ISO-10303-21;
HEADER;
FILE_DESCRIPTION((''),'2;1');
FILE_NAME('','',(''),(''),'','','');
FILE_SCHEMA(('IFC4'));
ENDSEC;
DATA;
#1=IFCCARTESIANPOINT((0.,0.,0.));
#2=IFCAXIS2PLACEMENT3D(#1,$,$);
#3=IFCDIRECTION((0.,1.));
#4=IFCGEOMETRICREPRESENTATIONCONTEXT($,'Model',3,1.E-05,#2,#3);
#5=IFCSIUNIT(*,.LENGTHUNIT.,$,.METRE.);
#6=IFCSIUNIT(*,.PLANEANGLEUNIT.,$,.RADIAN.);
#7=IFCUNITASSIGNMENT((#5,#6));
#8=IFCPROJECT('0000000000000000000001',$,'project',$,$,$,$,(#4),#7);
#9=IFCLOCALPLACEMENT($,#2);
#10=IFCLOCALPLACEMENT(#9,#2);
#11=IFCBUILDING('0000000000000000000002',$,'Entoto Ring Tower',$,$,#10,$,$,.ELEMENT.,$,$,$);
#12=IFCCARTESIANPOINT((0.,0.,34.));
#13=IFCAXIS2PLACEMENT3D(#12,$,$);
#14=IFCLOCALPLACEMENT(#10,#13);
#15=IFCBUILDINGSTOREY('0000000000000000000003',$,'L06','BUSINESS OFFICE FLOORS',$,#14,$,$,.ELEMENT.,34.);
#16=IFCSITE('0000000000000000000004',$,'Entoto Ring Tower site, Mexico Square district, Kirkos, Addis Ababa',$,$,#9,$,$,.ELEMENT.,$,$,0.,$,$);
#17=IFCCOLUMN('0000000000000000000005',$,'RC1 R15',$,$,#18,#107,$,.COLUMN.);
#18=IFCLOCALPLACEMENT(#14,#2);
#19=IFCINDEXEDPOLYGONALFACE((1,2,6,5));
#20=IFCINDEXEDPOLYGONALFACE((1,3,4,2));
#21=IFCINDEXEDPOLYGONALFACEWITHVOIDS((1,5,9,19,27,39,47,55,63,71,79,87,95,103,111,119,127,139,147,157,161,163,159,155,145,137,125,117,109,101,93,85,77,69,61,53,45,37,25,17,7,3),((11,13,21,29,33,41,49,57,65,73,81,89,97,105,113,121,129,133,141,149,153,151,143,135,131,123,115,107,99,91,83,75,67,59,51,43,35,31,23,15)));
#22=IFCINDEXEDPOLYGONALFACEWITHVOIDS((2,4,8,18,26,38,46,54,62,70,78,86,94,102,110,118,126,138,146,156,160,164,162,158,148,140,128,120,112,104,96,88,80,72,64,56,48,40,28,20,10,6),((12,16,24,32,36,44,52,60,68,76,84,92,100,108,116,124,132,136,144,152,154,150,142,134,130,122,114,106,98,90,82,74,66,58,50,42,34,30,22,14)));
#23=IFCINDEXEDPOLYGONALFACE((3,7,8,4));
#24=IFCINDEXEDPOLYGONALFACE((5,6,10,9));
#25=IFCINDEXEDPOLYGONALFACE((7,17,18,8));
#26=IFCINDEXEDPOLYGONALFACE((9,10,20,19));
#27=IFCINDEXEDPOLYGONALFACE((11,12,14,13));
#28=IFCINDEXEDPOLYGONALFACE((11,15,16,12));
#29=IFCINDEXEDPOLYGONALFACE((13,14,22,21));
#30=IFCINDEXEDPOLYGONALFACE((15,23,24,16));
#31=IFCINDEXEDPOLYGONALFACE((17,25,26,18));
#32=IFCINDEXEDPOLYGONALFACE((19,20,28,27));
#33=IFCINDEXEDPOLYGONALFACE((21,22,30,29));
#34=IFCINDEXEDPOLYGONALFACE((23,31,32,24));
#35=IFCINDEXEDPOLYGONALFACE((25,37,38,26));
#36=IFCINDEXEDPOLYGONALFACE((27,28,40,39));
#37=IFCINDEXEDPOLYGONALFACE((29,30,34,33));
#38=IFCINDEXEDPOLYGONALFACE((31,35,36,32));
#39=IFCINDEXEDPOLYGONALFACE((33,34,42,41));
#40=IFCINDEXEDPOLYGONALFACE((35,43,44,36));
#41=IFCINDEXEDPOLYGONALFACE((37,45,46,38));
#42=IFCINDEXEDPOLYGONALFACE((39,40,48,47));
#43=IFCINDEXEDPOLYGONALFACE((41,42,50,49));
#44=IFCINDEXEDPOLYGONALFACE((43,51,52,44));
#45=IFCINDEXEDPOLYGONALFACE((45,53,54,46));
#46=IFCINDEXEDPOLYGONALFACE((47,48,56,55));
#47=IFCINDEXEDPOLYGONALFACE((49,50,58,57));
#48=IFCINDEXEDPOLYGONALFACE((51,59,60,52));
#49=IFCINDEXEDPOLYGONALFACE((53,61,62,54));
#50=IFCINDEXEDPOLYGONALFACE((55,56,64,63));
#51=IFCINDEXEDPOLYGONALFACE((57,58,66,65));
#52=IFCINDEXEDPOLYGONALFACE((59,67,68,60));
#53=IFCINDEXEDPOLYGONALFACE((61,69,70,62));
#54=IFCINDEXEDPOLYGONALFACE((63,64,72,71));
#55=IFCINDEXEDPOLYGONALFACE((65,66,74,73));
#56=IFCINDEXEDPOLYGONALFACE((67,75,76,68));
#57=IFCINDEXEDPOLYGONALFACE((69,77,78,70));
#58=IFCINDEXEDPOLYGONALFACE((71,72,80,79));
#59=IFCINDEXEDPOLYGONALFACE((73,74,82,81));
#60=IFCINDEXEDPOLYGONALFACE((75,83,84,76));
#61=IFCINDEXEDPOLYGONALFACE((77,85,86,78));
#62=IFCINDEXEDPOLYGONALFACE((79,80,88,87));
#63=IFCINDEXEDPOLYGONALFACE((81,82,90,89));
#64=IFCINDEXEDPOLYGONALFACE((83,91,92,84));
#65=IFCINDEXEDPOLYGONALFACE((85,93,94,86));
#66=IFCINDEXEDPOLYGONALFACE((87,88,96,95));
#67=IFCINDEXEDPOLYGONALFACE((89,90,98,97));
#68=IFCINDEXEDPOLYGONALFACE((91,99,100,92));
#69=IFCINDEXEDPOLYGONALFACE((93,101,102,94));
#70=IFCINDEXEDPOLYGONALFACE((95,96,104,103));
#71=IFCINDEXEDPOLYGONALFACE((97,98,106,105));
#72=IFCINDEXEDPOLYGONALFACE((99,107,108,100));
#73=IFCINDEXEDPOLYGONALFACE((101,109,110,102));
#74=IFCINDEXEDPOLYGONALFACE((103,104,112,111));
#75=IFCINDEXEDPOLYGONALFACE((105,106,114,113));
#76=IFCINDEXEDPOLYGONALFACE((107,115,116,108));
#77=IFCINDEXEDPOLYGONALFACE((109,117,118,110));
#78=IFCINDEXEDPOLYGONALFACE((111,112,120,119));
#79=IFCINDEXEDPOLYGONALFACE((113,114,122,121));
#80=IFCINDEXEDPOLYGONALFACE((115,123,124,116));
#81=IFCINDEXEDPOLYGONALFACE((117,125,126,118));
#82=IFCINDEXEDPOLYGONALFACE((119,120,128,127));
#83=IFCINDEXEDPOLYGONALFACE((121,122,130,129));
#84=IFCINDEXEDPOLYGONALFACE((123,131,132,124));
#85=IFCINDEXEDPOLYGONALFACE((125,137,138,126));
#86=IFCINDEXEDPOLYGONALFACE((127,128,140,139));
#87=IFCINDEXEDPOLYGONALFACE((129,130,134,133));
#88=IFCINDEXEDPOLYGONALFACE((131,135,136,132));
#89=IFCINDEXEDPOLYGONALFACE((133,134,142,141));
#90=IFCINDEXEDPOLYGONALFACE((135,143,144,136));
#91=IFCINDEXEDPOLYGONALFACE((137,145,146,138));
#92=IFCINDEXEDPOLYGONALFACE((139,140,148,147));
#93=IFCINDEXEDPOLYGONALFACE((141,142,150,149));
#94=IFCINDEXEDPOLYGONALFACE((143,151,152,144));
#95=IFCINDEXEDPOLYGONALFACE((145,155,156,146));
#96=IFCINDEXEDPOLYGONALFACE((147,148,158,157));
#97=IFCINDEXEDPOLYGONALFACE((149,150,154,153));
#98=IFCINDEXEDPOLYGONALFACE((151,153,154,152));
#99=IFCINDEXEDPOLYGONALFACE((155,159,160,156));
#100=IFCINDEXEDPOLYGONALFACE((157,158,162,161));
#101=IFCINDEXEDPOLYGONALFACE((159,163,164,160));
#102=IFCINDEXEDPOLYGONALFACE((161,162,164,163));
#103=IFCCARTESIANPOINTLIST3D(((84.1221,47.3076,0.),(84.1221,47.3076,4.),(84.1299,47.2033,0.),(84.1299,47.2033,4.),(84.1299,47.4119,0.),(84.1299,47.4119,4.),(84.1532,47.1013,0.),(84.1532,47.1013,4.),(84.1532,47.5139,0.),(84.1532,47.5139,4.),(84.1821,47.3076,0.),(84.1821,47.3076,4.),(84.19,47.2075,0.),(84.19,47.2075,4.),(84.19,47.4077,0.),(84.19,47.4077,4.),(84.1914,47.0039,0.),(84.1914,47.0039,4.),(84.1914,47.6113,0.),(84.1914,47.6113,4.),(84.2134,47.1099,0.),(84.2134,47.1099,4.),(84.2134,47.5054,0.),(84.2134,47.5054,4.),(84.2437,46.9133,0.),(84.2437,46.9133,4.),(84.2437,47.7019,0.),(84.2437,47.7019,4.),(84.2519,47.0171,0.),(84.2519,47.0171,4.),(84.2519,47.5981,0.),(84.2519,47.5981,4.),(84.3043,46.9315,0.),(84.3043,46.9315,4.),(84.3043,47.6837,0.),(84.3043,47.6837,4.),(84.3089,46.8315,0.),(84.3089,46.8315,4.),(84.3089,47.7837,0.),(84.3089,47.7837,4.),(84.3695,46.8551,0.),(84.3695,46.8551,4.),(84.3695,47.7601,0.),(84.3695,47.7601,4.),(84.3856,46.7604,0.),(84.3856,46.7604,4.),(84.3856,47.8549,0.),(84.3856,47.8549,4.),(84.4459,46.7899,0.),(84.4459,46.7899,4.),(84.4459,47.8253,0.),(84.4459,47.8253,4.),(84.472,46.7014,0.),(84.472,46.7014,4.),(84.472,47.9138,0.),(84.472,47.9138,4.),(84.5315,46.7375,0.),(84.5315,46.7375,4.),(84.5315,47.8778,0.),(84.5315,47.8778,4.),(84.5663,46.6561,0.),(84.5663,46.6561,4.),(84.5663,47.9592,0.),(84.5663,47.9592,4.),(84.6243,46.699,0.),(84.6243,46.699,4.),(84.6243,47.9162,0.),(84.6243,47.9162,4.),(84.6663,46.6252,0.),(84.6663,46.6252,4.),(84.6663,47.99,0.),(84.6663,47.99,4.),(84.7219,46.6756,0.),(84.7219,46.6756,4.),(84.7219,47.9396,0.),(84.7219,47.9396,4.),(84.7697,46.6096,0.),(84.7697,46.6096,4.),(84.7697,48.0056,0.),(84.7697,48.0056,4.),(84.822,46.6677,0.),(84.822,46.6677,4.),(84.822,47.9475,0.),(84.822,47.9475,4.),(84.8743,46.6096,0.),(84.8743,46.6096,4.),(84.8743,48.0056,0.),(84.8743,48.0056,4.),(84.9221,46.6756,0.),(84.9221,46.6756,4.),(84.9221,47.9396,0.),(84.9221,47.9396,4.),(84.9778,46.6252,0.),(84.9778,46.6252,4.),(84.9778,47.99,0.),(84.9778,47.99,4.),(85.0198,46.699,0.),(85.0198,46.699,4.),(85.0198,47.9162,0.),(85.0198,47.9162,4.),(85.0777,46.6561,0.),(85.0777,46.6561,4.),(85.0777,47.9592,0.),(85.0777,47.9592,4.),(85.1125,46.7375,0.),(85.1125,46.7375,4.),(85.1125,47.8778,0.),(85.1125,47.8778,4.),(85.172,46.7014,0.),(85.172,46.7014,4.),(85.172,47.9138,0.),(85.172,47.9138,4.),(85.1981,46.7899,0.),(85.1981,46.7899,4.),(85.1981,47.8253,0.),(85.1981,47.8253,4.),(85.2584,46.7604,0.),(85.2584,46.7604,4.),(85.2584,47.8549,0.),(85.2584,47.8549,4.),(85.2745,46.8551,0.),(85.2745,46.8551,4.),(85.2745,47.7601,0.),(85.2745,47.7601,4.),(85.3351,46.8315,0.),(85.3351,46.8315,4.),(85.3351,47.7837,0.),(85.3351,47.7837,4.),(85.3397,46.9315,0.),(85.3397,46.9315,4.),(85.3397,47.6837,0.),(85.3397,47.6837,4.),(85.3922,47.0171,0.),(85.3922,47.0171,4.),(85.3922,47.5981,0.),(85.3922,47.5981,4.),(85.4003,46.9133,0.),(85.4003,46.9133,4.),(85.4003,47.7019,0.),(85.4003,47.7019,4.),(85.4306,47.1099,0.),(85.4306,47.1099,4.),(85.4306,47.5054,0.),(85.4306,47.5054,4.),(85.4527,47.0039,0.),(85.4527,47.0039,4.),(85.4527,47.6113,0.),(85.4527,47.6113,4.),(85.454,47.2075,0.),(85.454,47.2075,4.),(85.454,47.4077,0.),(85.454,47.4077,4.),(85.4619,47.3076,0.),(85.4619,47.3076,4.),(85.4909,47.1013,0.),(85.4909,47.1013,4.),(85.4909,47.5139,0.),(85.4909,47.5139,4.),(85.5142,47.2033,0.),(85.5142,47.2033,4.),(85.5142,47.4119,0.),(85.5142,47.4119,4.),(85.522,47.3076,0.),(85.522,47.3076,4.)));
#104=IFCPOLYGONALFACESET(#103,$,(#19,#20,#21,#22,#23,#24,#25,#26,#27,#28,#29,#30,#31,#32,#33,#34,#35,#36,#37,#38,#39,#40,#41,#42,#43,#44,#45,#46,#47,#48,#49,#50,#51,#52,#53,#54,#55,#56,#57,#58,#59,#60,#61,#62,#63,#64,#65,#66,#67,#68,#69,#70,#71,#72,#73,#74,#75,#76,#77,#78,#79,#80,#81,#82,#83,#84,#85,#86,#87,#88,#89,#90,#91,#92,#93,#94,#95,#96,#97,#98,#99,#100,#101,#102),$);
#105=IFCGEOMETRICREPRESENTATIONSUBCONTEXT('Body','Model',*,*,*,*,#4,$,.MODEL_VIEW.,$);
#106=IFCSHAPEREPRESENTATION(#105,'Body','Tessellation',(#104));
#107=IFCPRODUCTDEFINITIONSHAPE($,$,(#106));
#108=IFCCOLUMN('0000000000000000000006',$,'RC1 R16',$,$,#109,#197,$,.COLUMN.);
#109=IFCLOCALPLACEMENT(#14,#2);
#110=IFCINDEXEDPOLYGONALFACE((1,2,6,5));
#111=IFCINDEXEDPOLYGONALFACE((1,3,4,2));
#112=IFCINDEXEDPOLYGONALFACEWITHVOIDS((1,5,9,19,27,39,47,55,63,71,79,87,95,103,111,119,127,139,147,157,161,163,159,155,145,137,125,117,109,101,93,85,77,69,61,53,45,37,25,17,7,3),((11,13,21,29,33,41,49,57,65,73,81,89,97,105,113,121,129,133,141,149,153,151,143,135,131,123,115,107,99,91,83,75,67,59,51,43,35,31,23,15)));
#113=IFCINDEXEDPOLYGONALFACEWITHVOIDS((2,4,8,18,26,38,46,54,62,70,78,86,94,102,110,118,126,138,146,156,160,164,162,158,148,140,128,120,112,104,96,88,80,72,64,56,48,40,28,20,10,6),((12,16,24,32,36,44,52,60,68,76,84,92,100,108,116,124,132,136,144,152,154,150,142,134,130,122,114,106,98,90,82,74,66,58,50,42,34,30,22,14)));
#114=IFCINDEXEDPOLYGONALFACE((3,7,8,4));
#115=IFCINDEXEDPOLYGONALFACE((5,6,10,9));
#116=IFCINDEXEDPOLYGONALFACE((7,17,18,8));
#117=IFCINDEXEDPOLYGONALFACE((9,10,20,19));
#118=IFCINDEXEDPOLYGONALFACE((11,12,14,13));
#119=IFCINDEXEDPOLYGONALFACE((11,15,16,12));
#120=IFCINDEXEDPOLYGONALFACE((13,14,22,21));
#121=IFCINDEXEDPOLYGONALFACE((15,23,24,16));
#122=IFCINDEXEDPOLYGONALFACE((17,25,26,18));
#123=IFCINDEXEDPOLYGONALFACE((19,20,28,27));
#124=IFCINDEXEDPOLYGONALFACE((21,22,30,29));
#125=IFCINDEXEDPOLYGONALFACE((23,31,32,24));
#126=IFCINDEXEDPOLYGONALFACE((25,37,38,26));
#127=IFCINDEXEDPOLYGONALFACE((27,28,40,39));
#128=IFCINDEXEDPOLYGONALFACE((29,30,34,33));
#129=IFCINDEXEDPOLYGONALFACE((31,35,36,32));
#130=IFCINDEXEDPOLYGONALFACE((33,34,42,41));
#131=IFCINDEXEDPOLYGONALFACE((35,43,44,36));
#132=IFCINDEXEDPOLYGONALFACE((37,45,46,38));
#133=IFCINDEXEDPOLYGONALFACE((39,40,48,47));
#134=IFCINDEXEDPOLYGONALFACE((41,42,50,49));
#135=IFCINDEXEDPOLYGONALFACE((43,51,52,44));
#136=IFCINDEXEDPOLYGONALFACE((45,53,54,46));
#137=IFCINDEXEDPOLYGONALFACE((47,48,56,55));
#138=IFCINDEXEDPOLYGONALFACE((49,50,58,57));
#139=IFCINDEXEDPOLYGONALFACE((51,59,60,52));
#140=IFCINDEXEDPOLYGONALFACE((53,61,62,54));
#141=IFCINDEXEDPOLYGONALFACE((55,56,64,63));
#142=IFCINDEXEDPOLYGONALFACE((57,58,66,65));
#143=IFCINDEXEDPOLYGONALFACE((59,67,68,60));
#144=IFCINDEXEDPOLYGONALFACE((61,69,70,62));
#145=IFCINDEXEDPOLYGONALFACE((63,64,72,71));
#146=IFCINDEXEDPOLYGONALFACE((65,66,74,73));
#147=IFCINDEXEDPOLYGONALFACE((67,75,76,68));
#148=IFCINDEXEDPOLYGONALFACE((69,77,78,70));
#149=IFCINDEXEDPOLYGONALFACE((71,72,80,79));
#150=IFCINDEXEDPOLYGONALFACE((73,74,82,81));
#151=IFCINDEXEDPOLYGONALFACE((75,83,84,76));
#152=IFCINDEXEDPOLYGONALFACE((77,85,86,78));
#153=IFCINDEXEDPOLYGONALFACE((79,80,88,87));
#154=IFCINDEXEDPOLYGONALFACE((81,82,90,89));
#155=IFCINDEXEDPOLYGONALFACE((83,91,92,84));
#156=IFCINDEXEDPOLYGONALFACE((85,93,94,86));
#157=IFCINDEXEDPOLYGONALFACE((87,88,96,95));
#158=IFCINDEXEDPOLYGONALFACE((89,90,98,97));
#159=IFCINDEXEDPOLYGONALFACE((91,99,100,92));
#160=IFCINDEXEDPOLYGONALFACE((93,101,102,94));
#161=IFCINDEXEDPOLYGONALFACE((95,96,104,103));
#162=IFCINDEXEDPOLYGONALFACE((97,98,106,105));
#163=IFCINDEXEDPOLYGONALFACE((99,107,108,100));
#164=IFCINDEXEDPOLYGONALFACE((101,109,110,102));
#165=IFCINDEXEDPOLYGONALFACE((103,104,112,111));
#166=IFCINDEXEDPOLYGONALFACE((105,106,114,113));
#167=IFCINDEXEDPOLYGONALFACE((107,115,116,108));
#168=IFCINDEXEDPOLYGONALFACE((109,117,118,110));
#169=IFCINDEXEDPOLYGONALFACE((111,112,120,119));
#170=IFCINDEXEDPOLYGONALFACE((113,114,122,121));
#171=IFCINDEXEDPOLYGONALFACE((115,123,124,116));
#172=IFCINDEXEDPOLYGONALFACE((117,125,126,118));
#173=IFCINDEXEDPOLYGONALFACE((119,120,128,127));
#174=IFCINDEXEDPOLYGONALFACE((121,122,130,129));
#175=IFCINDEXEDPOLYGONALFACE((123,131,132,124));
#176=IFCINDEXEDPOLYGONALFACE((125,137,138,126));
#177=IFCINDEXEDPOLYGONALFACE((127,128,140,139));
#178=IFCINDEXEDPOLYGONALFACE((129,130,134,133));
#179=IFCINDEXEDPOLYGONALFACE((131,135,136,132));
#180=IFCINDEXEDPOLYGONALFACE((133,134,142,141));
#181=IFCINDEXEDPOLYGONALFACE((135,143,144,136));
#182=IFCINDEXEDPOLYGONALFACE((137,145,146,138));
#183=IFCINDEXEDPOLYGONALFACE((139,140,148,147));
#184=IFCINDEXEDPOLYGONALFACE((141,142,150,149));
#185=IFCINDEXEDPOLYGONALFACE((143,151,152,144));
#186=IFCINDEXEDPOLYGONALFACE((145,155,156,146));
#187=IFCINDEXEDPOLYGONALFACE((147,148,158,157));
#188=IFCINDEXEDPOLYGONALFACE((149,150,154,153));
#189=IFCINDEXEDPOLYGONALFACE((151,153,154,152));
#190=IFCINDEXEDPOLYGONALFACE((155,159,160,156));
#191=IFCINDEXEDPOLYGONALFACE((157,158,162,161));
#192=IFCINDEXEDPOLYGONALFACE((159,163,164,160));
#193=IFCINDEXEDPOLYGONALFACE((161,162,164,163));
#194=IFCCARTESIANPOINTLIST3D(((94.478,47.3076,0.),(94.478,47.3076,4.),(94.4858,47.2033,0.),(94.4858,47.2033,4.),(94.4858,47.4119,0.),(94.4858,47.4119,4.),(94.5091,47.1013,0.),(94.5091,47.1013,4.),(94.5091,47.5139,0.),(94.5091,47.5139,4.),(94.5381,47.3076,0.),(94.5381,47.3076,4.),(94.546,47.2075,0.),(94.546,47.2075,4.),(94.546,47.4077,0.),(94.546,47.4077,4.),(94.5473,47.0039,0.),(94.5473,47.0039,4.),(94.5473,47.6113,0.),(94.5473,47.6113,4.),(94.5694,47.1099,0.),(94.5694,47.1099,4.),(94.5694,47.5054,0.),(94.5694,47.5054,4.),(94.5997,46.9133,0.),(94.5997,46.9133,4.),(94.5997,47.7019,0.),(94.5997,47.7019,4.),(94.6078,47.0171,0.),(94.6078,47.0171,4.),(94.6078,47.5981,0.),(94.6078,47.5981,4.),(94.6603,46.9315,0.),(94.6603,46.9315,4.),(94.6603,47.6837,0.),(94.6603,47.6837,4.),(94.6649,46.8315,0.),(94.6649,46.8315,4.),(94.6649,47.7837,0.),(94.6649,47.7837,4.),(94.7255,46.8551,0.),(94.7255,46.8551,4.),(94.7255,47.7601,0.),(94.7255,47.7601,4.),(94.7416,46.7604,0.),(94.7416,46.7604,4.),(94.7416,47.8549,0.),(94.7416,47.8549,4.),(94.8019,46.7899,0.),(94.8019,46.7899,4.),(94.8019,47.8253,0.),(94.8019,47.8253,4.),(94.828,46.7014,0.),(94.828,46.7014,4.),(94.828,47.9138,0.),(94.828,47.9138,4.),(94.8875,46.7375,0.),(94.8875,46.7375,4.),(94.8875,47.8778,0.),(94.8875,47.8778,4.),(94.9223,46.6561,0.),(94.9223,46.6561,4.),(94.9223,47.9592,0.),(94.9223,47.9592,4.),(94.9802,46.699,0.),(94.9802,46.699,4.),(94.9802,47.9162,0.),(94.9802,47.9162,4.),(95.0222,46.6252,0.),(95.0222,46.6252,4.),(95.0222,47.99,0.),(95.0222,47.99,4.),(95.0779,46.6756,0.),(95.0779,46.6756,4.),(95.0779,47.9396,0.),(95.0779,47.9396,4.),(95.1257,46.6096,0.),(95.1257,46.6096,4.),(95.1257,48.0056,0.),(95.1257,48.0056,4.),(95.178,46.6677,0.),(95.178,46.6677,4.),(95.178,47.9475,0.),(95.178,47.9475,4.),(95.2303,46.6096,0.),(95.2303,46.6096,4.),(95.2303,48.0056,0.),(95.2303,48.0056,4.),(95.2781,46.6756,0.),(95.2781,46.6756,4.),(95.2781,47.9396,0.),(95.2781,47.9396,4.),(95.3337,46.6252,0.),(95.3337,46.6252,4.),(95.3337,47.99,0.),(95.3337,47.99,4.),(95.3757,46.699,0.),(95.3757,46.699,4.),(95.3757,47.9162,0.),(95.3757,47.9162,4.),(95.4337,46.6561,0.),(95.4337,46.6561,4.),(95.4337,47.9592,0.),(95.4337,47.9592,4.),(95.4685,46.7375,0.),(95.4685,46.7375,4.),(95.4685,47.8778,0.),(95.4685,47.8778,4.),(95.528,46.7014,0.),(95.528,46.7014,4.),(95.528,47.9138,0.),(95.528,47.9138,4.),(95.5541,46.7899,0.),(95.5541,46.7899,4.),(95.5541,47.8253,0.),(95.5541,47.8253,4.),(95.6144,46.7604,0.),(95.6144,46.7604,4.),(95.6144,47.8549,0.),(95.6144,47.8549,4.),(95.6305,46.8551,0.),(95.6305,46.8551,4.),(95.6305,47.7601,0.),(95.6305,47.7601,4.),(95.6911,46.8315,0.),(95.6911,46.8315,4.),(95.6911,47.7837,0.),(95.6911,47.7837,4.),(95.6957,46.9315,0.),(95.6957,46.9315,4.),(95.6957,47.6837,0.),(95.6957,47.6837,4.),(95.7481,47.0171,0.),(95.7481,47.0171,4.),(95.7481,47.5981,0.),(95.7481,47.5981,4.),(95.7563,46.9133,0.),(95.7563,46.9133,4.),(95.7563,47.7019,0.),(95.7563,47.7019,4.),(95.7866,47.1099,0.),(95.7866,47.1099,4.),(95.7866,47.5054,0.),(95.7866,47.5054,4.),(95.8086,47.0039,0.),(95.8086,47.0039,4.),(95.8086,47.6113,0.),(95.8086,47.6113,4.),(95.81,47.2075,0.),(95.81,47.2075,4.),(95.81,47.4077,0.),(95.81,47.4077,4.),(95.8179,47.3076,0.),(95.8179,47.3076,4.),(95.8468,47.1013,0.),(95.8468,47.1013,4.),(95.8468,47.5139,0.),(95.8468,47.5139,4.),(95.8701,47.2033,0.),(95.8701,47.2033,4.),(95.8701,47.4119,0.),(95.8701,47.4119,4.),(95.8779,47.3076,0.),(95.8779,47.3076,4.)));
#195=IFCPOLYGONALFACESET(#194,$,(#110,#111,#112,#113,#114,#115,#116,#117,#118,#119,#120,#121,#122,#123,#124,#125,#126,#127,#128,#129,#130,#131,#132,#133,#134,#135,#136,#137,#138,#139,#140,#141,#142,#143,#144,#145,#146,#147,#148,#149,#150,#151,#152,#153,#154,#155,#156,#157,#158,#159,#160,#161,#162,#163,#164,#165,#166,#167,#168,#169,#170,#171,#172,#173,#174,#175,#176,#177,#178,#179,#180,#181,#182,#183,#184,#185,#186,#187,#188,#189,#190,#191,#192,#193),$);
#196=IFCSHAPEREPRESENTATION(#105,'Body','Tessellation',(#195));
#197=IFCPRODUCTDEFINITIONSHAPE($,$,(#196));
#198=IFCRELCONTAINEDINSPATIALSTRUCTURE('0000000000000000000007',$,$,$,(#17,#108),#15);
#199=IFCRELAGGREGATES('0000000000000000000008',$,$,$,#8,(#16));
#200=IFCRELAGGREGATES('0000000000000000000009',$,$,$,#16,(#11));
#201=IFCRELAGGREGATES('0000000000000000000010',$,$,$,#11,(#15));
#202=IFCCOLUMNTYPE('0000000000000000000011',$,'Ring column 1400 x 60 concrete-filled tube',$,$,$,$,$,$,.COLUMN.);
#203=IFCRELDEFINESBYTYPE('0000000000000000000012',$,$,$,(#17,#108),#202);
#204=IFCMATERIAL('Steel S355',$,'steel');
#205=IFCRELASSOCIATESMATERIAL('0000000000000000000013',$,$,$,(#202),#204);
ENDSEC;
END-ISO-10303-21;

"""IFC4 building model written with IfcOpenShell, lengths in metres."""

from ifc_helpers import new_model, si_unit, direction, frame, origin, origin_2d, place, context, subcontext, project, spatial, circle, hollow_circle, extrude, material, material_profile, profile_set, type_object, element, save


model = new_model("IFC4")

# Units and contexts
model_context = context("Model", 3, precision=1e-05, world=origin(), true_north=direction((0.0, 1.0)))
body_context = subcontext(model_context, "Body", "Model", "MODEL_VIEW")
ifc_project = project(units=[si_unit("LENGTHUNIT", "METRE"), si_unit("PLANEANGLEUNIT", "RADIAN")], contexts=[model_context])

# Site, building, storey
site_placement = place(None, origin())
site = spatial("IfcSite", under=ifc_project, at=site_placement, Name="Entoto Ring Tower site, Mexico Square district, Kirkos, Addis Ababa", CompositionType="ELEMENT", RefElevation=0.0)
building_placement = place(site_placement, origin())
building = spatial("IfcBuilding", under=site, at=building_placement, Name="Entoto Ring Tower", CompositionType="ELEMENT")
storey_placement = place(building_placement, frame((0.0, 0.0, 34.0)))
storey = spatial("IfcBuildingStorey", under=building, at=storey_placement, Name="L06", Description="BUSINESS OFFICE FLOORS", CompositionType="ELEMENT", Elevation=34.0)

# Columns
ifc_material_1 = material(Name="Steel S355", Category="steel")
ifc_material_profile_1 = material_profile(ifc_material_1, hollow_circle(Radius=0.7, WallThickness=0.0601, at=origin_2d()), Name="CHS 1400 x 60")
ifc_material_2 = material(Name="Concrete C60/75", Category="concrete")
ifc_material_profile_2 = material_profile(ifc_material_2, circle(Radius=0.6399, at=origin_2d()), Name="Concrete C60/75 infill")
ifc_profile_set_1 = profile_set([ifc_material_profile_1, ifc_material_profile_2], Name="Steel S355")
column_type = type_object("IfcColumnType", Name="Ring column 1400 x 60 concrete-filled tube", PredefinedType="COLUMN", material=ifc_profile_set_1)
for number, where, z_axis, x_axis, name in (
    (1, (84.822, 47.3076, 0.0), (0.0, 0.0, 1.0), (1.0, 0.0, 0.0), "RC1 R15"),
    (2, (95.178, 47.3076, 0.0), (0.0, 0.0, 1.0), (1.0, 0.0, 0.0), "RC1 R16"),
):
    element("IfcColumn", number, at=place(storey_placement, frame(where, z_axis=z_axis, x_axis=x_axis)), inside=storey, type_object=column_type, Name=name, PredefinedType="COLUMN", context=body_context, shape_type="SweptSolid", body=[
        extrude(hollow_circle(Radius=0.7, WallThickness=0.0601, at=origin_2d()), origin(), (0.0, 0.0, 1.0), 4.0),
    ])

save(model, "model.ifc")
